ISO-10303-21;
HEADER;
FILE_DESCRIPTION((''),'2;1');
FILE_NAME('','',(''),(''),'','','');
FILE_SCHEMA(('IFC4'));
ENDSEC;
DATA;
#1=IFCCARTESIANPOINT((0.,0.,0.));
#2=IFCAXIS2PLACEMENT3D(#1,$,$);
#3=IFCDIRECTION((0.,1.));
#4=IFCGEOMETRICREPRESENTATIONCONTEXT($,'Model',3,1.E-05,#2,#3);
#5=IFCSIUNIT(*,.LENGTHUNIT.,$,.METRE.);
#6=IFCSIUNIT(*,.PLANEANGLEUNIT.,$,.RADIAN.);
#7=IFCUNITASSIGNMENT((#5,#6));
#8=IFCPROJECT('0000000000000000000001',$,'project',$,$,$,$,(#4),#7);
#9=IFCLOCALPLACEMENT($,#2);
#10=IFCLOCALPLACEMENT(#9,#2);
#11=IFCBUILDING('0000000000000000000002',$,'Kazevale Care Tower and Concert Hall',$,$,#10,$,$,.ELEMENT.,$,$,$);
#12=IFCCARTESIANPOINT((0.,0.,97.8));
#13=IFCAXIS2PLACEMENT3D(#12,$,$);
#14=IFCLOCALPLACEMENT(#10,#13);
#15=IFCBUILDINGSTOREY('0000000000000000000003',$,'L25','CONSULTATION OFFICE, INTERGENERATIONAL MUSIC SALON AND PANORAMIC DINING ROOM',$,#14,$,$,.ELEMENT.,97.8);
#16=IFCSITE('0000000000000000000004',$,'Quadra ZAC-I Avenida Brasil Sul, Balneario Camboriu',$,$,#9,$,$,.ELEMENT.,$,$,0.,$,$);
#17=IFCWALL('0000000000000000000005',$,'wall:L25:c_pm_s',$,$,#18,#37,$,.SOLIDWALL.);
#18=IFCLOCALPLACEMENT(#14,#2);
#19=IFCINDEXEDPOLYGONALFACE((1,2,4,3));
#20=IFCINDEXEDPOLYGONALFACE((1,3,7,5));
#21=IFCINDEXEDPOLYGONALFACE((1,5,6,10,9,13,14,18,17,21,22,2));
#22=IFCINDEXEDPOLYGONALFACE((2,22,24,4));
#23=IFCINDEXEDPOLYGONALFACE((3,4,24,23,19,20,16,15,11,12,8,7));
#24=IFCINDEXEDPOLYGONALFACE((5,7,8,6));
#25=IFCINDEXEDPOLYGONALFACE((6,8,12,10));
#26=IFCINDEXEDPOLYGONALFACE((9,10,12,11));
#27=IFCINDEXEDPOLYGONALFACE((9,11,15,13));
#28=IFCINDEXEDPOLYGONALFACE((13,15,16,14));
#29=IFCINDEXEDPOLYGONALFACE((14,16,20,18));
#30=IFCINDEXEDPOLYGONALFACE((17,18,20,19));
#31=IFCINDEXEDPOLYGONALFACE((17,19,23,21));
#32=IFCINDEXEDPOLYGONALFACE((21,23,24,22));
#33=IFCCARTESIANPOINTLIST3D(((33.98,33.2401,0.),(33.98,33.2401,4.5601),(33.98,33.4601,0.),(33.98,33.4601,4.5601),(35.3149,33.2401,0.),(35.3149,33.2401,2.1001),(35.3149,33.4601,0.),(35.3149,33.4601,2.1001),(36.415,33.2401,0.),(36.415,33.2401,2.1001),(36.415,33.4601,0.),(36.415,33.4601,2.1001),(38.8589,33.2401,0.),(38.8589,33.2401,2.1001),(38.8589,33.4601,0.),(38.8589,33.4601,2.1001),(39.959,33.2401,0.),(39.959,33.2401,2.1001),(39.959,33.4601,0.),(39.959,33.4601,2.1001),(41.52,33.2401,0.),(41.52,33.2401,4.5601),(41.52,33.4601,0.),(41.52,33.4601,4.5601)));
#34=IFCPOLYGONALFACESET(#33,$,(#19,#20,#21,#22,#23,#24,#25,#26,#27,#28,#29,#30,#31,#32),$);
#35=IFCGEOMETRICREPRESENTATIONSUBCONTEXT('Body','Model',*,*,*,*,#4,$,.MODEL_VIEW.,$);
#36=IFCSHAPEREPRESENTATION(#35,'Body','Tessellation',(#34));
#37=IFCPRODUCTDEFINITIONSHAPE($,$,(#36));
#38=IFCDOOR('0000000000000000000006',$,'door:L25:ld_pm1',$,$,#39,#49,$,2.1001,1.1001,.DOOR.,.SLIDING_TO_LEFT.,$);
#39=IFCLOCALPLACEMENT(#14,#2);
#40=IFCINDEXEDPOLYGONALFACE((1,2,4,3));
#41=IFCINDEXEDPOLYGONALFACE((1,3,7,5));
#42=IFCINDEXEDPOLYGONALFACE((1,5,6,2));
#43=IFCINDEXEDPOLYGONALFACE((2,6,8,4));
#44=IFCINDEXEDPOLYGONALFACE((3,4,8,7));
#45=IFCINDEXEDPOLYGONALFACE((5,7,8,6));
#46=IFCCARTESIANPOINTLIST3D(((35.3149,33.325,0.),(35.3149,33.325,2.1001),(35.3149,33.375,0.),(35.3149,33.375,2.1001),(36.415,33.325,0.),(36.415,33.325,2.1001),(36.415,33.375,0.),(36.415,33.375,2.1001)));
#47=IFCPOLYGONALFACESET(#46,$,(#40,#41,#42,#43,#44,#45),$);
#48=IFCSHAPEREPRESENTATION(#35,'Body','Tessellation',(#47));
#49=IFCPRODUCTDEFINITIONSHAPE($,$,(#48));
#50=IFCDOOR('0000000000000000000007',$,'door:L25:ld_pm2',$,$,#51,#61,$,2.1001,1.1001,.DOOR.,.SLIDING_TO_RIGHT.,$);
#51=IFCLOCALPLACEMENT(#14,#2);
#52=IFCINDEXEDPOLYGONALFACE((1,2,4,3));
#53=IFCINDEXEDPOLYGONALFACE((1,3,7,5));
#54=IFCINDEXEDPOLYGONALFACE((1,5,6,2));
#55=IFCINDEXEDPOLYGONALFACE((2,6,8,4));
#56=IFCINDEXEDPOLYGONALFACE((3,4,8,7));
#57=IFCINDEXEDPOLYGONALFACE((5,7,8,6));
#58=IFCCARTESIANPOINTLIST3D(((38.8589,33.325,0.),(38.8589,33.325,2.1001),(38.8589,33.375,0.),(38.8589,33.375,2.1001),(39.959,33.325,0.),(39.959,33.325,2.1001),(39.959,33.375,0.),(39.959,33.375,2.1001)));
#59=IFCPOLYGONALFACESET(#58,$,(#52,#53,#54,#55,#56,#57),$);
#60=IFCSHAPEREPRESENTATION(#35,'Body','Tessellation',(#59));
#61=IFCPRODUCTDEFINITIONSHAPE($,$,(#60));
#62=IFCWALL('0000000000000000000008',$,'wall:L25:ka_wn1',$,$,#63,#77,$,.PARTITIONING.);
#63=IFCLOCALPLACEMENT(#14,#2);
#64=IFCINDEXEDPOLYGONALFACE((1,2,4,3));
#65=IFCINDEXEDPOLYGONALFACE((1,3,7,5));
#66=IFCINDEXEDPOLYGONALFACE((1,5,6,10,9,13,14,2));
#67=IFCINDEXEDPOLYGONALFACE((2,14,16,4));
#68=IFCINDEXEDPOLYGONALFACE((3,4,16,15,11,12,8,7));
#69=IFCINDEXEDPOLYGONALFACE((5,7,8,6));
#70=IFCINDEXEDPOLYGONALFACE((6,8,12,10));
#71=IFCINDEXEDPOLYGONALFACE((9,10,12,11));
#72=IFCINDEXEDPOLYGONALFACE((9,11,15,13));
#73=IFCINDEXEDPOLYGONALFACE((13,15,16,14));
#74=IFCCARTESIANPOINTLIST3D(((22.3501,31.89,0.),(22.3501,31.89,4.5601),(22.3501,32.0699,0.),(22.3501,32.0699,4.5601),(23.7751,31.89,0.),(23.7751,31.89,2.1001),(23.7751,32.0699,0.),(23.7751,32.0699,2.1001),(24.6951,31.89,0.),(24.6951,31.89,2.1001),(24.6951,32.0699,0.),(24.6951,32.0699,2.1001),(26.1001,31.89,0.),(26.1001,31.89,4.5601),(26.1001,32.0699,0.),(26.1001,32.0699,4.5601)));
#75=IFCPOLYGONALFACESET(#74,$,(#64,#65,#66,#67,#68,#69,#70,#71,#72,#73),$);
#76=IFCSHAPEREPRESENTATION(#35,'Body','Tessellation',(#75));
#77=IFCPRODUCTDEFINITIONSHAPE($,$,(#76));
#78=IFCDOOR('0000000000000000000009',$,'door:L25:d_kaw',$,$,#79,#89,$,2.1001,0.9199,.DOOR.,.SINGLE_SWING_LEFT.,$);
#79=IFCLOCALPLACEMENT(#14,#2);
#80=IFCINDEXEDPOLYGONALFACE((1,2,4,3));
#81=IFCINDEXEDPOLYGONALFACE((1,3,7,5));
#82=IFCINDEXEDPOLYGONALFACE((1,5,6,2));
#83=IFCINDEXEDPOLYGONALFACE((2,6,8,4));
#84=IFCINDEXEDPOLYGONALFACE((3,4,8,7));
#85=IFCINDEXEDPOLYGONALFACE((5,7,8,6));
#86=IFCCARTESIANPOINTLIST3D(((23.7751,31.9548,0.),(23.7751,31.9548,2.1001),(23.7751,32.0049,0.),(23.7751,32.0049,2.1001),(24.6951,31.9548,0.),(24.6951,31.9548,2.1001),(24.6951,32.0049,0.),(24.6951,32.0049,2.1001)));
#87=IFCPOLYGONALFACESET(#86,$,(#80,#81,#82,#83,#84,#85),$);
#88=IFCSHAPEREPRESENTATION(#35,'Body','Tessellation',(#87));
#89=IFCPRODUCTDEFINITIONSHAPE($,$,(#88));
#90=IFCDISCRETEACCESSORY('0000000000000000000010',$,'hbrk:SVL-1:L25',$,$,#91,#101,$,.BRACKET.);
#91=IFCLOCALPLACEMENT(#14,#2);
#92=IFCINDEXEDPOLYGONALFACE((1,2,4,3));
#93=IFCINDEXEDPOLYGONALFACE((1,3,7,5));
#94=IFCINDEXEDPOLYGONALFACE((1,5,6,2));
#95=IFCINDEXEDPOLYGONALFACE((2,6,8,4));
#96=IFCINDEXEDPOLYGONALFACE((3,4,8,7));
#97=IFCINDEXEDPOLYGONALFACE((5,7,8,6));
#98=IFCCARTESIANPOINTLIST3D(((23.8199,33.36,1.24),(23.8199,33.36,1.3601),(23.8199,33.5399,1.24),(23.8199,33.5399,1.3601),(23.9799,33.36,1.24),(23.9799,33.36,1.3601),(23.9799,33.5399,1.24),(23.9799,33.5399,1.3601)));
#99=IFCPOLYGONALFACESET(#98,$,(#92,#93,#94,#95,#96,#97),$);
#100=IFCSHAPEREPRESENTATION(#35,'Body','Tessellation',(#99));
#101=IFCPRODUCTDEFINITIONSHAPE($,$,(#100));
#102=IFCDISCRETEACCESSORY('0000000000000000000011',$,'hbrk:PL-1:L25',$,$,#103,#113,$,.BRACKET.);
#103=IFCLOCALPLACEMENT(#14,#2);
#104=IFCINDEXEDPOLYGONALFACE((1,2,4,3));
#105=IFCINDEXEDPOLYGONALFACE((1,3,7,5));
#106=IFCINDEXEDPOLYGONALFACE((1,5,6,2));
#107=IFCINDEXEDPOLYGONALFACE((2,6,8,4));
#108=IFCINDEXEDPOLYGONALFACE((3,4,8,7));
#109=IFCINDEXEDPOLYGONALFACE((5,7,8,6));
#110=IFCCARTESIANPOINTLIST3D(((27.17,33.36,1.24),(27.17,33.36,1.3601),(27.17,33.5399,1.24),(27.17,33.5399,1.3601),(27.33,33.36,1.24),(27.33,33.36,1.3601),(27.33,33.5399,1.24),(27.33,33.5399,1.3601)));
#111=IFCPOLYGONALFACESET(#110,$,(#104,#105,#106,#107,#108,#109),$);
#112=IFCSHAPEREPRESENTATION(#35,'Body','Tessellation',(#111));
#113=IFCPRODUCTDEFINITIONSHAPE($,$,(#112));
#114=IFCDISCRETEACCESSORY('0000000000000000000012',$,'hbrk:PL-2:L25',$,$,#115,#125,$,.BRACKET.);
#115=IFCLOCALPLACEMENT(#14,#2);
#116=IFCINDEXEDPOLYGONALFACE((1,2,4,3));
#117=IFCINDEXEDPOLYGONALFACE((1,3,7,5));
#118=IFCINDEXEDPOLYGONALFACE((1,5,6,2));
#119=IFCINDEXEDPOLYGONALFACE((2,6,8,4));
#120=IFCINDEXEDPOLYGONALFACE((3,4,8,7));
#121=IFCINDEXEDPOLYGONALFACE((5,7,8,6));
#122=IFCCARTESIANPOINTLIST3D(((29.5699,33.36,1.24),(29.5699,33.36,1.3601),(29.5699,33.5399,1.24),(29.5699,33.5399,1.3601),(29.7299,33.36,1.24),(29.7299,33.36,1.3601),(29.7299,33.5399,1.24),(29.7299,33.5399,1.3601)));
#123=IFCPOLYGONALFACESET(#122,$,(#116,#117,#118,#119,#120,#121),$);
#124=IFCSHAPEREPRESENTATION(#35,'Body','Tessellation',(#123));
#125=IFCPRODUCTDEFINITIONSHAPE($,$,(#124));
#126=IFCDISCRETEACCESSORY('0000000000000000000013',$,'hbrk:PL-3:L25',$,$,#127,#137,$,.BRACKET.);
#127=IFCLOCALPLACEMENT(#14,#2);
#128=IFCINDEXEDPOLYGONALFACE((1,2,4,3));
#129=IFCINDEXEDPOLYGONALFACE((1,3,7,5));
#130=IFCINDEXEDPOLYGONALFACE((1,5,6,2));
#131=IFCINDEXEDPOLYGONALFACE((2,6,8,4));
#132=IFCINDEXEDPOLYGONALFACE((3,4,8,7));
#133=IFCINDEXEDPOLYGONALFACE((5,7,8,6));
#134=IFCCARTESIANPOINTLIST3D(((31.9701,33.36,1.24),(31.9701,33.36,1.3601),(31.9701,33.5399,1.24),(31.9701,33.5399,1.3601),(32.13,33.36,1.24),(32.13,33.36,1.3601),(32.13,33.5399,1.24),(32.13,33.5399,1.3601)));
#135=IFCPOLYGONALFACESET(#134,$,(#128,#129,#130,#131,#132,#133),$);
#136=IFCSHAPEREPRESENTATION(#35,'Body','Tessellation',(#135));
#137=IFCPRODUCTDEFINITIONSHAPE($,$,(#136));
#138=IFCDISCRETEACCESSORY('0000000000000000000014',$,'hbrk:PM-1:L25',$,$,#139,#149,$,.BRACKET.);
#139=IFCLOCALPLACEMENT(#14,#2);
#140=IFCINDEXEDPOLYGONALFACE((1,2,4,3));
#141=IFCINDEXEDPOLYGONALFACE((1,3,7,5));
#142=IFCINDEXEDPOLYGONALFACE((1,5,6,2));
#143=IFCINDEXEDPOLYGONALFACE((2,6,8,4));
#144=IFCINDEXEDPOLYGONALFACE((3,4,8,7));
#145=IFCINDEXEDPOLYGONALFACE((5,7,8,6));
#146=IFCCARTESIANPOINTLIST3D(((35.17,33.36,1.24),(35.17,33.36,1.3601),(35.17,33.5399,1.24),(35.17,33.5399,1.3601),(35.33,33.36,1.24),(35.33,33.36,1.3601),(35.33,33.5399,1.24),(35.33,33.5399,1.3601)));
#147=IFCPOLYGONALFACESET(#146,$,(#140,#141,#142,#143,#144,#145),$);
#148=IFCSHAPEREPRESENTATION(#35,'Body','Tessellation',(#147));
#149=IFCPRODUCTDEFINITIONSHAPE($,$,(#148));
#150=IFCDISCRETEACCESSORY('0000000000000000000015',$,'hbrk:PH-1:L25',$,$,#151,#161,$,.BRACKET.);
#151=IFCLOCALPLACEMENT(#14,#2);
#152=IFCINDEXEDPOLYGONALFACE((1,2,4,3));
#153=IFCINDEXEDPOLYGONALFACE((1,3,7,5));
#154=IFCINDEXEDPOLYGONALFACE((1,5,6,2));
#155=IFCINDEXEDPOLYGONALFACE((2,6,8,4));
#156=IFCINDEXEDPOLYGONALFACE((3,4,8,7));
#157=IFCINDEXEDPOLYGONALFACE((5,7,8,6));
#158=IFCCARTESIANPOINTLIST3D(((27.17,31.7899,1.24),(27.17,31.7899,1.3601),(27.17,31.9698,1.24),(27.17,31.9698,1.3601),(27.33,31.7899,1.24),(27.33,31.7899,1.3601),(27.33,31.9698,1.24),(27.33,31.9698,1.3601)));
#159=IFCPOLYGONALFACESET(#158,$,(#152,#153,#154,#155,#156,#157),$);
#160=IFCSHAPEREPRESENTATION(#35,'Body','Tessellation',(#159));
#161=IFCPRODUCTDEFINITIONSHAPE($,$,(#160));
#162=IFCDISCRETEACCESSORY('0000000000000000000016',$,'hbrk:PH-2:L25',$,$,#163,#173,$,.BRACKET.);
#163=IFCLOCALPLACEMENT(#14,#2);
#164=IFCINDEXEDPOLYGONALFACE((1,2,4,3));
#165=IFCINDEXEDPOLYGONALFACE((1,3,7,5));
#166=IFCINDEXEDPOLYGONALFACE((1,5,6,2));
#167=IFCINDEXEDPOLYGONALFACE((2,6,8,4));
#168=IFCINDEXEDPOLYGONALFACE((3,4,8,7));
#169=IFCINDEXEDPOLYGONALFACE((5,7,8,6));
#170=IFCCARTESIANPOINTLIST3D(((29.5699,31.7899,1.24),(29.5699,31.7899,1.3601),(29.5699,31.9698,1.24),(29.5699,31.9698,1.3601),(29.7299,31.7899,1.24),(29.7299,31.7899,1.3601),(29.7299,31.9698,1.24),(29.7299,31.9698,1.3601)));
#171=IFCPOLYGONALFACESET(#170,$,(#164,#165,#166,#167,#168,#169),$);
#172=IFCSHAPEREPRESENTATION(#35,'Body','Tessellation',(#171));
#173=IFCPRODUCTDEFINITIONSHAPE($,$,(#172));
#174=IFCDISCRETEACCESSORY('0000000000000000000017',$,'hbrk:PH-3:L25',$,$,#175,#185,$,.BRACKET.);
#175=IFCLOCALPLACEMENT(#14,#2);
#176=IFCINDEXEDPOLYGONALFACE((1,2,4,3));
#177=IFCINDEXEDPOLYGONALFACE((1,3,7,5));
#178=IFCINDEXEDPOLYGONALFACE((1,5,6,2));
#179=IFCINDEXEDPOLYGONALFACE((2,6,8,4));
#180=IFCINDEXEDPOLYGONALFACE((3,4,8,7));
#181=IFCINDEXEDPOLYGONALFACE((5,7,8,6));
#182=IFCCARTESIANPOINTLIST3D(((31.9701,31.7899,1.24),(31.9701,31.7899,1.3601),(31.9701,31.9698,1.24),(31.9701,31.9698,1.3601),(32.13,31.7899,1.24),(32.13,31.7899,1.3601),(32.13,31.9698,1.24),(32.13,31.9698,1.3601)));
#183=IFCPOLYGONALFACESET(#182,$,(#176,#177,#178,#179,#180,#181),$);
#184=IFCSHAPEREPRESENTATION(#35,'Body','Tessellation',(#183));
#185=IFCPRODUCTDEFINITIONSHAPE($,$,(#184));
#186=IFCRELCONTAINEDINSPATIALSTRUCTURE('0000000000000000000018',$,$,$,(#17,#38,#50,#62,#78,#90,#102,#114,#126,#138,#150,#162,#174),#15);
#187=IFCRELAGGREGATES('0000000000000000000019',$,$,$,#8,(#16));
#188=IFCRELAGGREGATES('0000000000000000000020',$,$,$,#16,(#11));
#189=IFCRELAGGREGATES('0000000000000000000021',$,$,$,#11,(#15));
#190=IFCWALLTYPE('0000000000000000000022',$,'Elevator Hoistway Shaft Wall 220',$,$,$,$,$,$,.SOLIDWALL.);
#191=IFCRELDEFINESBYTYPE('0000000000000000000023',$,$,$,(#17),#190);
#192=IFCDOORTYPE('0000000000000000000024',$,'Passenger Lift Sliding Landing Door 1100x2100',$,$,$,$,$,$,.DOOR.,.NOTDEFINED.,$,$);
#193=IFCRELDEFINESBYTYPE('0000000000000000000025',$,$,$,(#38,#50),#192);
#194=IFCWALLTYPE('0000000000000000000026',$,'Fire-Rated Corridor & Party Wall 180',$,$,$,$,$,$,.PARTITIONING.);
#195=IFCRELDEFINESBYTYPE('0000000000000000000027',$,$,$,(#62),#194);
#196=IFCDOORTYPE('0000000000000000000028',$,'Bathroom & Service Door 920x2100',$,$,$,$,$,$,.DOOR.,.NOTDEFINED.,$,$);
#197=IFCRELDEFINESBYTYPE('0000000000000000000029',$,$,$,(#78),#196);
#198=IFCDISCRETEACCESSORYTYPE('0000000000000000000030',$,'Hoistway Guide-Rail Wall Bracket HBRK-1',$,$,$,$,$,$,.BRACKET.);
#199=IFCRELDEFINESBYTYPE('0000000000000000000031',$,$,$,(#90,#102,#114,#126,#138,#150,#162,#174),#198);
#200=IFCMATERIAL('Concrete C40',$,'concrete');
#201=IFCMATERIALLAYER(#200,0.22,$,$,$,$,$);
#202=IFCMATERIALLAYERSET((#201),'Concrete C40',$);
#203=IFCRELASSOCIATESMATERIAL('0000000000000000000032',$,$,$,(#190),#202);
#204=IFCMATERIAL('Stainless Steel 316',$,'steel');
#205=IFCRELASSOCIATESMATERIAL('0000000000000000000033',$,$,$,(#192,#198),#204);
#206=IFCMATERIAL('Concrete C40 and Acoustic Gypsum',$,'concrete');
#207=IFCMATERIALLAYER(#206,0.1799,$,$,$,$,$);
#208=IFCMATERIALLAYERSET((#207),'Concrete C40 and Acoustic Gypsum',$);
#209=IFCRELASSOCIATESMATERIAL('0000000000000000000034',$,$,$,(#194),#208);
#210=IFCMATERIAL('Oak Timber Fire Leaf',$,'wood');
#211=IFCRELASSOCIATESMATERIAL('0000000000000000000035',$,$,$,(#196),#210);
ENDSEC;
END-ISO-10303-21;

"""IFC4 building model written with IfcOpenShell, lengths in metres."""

from ifc_helpers import new_model, si_unit, direction, frame, frame_2d, origin, origin_2d, place, context, subcontext, project, spatial, rectangle, extrude, material, layer, layer_set, type_object, element, fill, save


model = new_model("IFC4")

# Units and contexts
model_context = context("Model", 3, precision=1e-05, world=origin(), true_north=direction((0.0, 1.0)))
body_context = subcontext(model_context, "Body", "Model", "MODEL_VIEW")
ifc_project = project(units=[si_unit("LENGTHUNIT", "METRE"), si_unit("PLANEANGLEUNIT", "RADIAN")], contexts=[model_context])

# Site, building, storey
site_placement = place(None, origin())
site = spatial("IfcSite", under=ifc_project, at=site_placement, Name="Quadra ZAC-I Avenida Brasil Sul, Balneario Camboriu", CompositionType="ELEMENT", RefElevation=0.0)
building_placement = place(site_placement, origin())
building = spatial("IfcBuilding", under=site, at=building_placement, Name="Kazevale Care Tower and Concert Hall", CompositionType="ELEMENT")
storey_placement = place(building_placement, frame((0.0, 0.0, 97.8)))
storey = spatial("IfcBuildingStorey", under=building, at=storey_placement, Name="L25", Description="CONSULTATION OFFICE, INTERGENERATIONAL MUSIC SALON AND PANORAMIC DINING ROOM", CompositionType="ELEMENT", Elevation=97.8)

# Shared definitions
ifc_material_1 = material(Name="Concrete C40", Category="concrete")
ifc_layer_1 = layer(ifc_material_1, 0.22)
ifc_layer_set_1 = layer_set([ifc_layer_1], Name="Concrete C40")
wall_type_1 = type_object("IfcWallType", Name="Elevator Hoistway Shaft Wall 220", PredefinedType="SOLIDWALL", material=ifc_layer_set_1)

# Shared definitions
ifc_material_2 = material(Name="Stainless Steel 316", Category="steel")

# Shared definitions
door_type_1 = type_object("IfcDoorType", Name="Passenger Lift Sliding Landing Door 1100x2100", OperationType="NOTDEFINED", PredefinedType="DOOR", material=ifc_material_2)

# Wall, openings, doors
wall_1_placement = place(storey_placement, frame((33.98, 33.3501, 0.0), z_axis=(0.0, 0.0, 1.0), x_axis=(1.0, 0.0, 0.0)))
wall_1 = element("IfcWall", 1, at=wall_1_placement, inside=storey, type_object=wall_type_1, Name="wall:L25:c_pm_s", PredefinedType="SOLIDWALL", context=body_context, shape_type="SweptSolid", body=[
    extrude(rectangle(XDim=7.54, YDim=0.22, at=frame_2d((3.77, 0.0))), origin(), (0.0, 0.0, 1.0), 4.5601),
])
opening_1_placement = place(wall_1_placement, frame((1.335, 0.0, 0.0)))
opening_1 = element("IfcOpeningElement", 2, at=opening_1_placement, cuts=wall_1, PredefinedType="OPENING", context=body_context, shape_type="SweptSolid", body=[
    extrude(rectangle(XDim=1.1001, YDim=2.1001, at=frame_2d((0.55, 1.05))), frame((0.0, 0.1199, 0.0), z_axis=(0.0, -1.0, 0.0), x_axis=(1.0, 0.0, 0.0)), (0.0, 0.0, 1.0), 0.24),
])
opening_2_placement = place(wall_1_placement, frame((4.8789, 0.0, 0.0)))
opening_2 = element("IfcOpeningElement", 3, at=opening_2_placement, cuts=wall_1, PredefinedType="OPENING", context=body_context, shape_type="SweptSolid", body=[
    extrude(rectangle(XDim=1.1001, YDim=2.1001, at=frame_2d((0.55, 1.05))), frame((0.0, 0.1199, 0.0), z_axis=(0.0, -1.0, 0.0), x_axis=(1.0, 0.0, 0.0)), (0.0, 0.0, 1.0), 0.24),
])
door_1_placement = place(opening_1_placement, origin())
door_1 = element("IfcDoor", 4, at=door_1_placement, inside=storey, type_object=door_type_1, Name="door:L25:ld_pm1", OperationType="SLIDING_TO_LEFT", OverallHeight=2.1001, OverallWidth=1.1001, PredefinedType="DOOR", context=body_context, shape_type="SweptSolid", body=[
    extrude(rectangle(XDim=1.1001, YDim=2.1001, at=frame_2d((0.55, 1.05))), frame((0.0, 0.0249, 0.0), z_axis=(0.0, -1.0, 0.0), x_axis=(1.0, 0.0, 0.0)), (0.0, 0.0, 1.0), 0.05),
])
fill(opening_1, door_1)
door_2_placement = place(opening_2_placement, origin())
door_2 = element("IfcDoor", 5, at=door_2_placement, inside=storey, type_object=door_type_1, Name="door:L25:ld_pm2", OperationType="SLIDING_TO_RIGHT", OverallHeight=2.1001, OverallWidth=1.1001, PredefinedType="DOOR", context=body_context, shape_type="SweptSolid", body=[
    extrude(rectangle(XDim=1.1001, YDim=2.1001, at=frame_2d((0.55, 1.05))), frame((0.0, 0.0249, 0.0), z_axis=(0.0, -1.0, 0.0), x_axis=(1.0, 0.0, 0.0)), (0.0, 0.0, 1.0), 0.05),
])
fill(opening_2, door_2)

# Wall, opening, door
ifc_material_3 = material(Name="Concrete C40 and Acoustic Gypsum", Category="concrete")
ifc_layer_2 = layer(ifc_material_3, 0.1799)
ifc_layer_set_2 = layer_set([ifc_layer_2], Name="Concrete C40 and Acoustic Gypsum")
wall_type_2 = type_object("IfcWallType", Name="Fire-Rated Corridor & Party Wall 180", PredefinedType="PARTITIONING", material=ifc_layer_set_2)
wall_2_placement = place(storey_placement, frame((22.3501, 31.98, 0.0), z_axis=(0.0, 0.0, 1.0), x_axis=(1.0, 0.0, 0.0)))
wall_2 = element("IfcWall", 6, at=wall_2_placement, inside=storey, type_object=wall_type_2, Name="wall:L25:ka_wn1", PredefinedType="PARTITIONING", context=body_context, shape_type="SweptSolid", body=[
    extrude(rectangle(XDim=3.75, YDim=0.1799, at=frame_2d((1.875, 0.0))), origin(), (0.0, 0.0, 1.0), 4.5601),
])
opening_3_placement = place(wall_2_placement, frame((1.425, 0.0, 0.0)))
opening_3 = element("IfcOpeningElement", 7, at=opening_3_placement, cuts=wall_2, PredefinedType="OPENING", context=body_context, shape_type="SweptSolid", body=[
    extrude(rectangle(XDim=0.9199, YDim=2.1001, at=frame_2d((0.46, 1.05))), frame((0.0, 0.0999, 0.0), z_axis=(0.0, -1.0, 0.0), x_axis=(1.0, 0.0, 0.0)), (0.0, 0.0, 1.0), 0.2),
])
ifc_material_4 = material(Name="Oak Timber Fire Leaf", Category="wood")
door_type_2 = type_object("IfcDoorType", Name="Bathroom & Service Door 920x2100", OperationType="NOTDEFINED", PredefinedType="DOOR", material=ifc_material_4)
door_3_placement = place(opening_3_placement, origin())
door_3 = element("IfcDoor", 8, at=door_3_placement, inside=storey, type_object=door_type_2, Name="door:L25:d_kaw", OperationType="SINGLE_SWING_LEFT", OverallHeight=2.1001, OverallWidth=0.9199, PredefinedType="DOOR", context=body_context, shape_type="SweptSolid", body=[
    extrude(rectangle(XDim=0.9199, YDim=2.1001, at=frame_2d((0.46, 1.05))), frame((0.0, 0.0249, 0.0), z_axis=(0.0, -1.0, 0.0), x_axis=(1.0, 0.0, 0.0)), (0.0, 0.0, 1.0), 0.05),
])
fill(opening_3, door_3)

# Discrete accessories
discrete_accessory_type = type_object("IfcDiscreteAccessoryType", Name="Hoistway Guide-Rail Wall Bracket HBRK-1", PredefinedType="BRACKET", material=ifc_material_2)
for number, where, z_axis, x_axis, name in (
    (9, (23.8999, 33.45, 1.24), (0.0, 0.0, 1.0), (1.0, 0.0, 0.0), "hbrk:SVL-1:L25"),
    (10, (27.25, 33.45, 1.24), (0.0, 0.0, 1.0), (1.0, 0.0, 0.0), "hbrk:PL-1:L25"),
    (11, (29.6499, 33.45, 1.24), (0.0, 0.0, 1.0), (1.0, 0.0, 0.0), "hbrk:PL-2:L25"),
    (12, (32.05, 33.45, 1.24), (0.0, 0.0, 1.0), (1.0, 0.0, 0.0), "hbrk:PL-3:L25"),
    (13, (35.25, 33.45, 1.24), (0.0, 0.0, 1.0), (1.0, 0.0, 0.0), "hbrk:PM-1:L25"),
    (14, (27.25, 31.8799, 1.24), (0.0, 0.0, 1.0), (1.0, 0.0, 0.0), "hbrk:PH-1:L25"),
    (15, (29.6499, 31.8799, 1.24), (0.0, 0.0, 1.0), (1.0, 0.0, 0.0), "hbrk:PH-2:L25"),
    (16, (32.05, 31.8799, 1.24), (0.0, 0.0, 1.0), (1.0, 0.0, 0.0), "hbrk:PH-3:L25"),
):
    element("IfcDiscreteAccessory", number, at=place(storey_placement, frame(where, z_axis=z_axis, x_axis=x_axis)), inside=storey, type_object=discrete_accessory_type, Name=name, PredefinedType="BRACKET", context=body_context, shape_type="SweptSolid", body=[
        extrude(rectangle(XDim=0.1599, YDim=0.1799, at=origin_2d()), origin(), (0.0, 0.0, 1.0), 0.1201),
    ])

save(model, "model.ifc")
